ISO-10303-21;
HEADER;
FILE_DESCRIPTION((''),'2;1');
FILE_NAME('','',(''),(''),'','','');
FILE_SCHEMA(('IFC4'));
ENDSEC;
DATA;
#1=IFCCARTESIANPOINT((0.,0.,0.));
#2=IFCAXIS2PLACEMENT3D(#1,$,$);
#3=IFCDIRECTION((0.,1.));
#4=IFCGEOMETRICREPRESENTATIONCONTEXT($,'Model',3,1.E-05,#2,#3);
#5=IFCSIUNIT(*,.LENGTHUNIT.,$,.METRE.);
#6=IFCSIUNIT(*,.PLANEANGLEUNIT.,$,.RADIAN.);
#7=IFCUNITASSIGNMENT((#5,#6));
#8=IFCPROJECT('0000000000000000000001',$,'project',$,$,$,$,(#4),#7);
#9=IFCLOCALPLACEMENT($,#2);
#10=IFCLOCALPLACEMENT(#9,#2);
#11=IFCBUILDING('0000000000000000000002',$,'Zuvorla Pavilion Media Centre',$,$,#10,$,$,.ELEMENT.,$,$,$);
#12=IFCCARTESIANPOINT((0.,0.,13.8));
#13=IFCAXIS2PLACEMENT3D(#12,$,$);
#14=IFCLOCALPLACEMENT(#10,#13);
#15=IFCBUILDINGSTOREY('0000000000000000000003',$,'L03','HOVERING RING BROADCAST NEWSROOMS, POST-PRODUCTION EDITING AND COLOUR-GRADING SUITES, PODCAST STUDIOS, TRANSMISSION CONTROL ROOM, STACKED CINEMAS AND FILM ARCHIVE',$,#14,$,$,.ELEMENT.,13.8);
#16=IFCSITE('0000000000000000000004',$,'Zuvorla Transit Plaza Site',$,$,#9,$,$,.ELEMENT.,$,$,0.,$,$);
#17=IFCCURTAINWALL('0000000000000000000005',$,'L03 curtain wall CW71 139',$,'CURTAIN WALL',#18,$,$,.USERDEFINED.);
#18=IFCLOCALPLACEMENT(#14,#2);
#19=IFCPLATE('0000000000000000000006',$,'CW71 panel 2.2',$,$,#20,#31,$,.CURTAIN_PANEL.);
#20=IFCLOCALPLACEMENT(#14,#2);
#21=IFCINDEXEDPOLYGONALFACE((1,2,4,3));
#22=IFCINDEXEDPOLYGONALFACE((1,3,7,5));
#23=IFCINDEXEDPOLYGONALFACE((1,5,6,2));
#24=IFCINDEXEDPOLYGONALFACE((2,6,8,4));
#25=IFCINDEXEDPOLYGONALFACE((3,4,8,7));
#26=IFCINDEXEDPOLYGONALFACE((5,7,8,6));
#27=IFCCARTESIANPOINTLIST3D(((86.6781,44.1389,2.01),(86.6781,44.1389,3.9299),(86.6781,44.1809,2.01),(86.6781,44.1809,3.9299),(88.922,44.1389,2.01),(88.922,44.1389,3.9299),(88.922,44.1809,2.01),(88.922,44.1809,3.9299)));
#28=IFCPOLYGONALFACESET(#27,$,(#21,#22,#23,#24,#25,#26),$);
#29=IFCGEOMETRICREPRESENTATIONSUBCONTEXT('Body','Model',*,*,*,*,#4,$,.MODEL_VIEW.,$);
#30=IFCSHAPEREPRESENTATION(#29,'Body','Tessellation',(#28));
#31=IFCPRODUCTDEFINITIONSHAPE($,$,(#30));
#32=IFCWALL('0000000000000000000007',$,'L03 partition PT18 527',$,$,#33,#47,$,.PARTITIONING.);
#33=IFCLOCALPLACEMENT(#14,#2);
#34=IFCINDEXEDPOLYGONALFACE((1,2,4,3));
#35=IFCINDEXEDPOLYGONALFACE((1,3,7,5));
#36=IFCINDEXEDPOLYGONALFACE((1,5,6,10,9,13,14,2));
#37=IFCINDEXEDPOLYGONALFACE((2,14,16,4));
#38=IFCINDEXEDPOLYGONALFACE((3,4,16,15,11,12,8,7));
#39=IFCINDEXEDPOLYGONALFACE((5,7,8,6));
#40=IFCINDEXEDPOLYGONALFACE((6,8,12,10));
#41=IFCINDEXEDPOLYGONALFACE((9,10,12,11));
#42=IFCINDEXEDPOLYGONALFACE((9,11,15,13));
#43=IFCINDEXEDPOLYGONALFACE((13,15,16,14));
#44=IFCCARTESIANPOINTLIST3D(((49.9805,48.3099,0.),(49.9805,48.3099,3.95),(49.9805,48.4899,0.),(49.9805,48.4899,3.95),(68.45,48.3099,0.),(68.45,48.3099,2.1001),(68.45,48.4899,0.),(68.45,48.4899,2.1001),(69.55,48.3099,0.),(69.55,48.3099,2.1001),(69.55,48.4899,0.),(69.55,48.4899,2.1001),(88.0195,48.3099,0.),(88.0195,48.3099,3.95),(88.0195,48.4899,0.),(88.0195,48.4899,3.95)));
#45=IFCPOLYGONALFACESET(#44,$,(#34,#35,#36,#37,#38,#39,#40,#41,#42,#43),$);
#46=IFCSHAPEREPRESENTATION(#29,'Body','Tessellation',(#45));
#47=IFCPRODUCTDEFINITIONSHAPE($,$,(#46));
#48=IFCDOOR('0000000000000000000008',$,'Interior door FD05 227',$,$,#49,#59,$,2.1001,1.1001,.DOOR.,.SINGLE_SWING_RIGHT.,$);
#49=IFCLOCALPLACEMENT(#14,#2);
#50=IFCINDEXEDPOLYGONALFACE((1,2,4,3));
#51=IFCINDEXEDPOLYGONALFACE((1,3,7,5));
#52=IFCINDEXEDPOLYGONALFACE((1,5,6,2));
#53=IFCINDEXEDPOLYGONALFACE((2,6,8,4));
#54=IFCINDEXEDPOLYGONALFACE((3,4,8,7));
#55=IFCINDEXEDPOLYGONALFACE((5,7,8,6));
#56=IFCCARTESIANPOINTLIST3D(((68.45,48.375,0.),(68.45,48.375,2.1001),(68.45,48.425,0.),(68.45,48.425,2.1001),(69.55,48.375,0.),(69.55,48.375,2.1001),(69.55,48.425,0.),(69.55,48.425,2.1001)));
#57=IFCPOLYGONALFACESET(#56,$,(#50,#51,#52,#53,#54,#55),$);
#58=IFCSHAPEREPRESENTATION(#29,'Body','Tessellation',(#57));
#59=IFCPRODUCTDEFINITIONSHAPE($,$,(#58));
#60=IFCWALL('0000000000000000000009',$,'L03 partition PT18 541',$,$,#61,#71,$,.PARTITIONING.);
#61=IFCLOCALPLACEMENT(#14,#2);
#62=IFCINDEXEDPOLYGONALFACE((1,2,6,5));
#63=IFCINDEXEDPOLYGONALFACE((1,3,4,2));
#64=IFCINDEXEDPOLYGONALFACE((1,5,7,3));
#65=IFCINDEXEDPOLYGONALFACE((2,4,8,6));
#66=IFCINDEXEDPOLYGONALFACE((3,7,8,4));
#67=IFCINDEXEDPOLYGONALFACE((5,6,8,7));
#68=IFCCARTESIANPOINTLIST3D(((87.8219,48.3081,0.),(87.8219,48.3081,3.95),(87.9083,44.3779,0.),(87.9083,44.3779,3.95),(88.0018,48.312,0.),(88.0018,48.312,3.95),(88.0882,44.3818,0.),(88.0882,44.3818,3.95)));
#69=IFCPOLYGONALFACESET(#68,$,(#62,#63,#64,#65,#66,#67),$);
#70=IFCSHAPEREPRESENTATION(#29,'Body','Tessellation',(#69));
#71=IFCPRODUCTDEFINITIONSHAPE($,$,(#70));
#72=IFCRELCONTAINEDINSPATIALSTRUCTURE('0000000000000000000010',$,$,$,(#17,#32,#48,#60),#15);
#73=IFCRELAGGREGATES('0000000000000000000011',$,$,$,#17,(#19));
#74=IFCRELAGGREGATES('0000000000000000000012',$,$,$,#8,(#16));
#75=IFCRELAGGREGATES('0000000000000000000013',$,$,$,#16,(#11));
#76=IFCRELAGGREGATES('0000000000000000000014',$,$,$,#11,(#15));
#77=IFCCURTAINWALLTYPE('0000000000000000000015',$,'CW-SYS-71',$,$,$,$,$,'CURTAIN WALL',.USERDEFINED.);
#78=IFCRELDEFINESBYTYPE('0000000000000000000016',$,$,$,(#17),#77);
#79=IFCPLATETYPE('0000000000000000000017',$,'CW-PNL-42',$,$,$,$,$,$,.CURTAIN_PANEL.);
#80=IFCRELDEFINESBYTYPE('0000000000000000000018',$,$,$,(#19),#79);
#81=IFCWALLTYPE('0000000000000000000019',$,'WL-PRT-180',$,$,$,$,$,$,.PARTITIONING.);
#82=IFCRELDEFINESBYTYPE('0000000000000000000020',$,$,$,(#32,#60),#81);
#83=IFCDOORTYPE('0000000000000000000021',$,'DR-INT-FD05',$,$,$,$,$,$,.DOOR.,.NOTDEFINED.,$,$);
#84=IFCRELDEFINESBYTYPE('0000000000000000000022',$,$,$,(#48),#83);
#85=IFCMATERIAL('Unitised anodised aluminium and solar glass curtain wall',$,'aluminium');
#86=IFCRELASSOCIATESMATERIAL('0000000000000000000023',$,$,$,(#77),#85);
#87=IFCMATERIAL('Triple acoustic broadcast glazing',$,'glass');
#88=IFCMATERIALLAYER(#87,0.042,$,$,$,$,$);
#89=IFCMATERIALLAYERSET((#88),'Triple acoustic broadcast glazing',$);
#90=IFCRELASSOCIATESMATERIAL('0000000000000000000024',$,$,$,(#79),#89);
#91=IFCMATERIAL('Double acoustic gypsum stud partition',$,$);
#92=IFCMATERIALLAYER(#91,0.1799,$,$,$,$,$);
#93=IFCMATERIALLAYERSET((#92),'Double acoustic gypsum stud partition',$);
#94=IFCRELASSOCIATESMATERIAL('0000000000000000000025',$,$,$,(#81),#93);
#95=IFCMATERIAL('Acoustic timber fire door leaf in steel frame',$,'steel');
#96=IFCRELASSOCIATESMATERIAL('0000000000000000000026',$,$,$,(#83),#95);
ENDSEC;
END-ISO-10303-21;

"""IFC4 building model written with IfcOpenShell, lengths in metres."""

from ifc_helpers import new_model, si_unit, direction, frame, frame_2d, origin, origin_2d, place, context, subcontext, project, spatial, rectangle, extrude, material, layer, layer_set, type_object, element, fill, aggregate, save


model = new_model("IFC4")

# Units and contexts
model_context = context("Model", 3, precision=1e-05, world=origin(), true_north=direction((0.0, 1.0)))
body_context = subcontext(model_context, "Body", "Model", "MODEL_VIEW")
ifc_project = project(units=[si_unit("LENGTHUNIT", "METRE"), si_unit("PLANEANGLEUNIT", "RADIAN")], contexts=[model_context])

# Site, building, storey
site_placement = place(None, origin())
site = spatial("IfcSite", under=ifc_project, at=site_placement, Name="Zuvorla Transit Plaza Site", CompositionType="ELEMENT", RefElevation=0.0)
building_placement = place(site_placement, origin())
building = spatial("IfcBuilding", under=site, at=building_placement, Name="Zuvorla Pavilion Media Centre", CompositionType="ELEMENT")
storey_placement = place(building_placement, frame((0.0, 0.0, 13.8)))
storey = spatial("IfcBuildingStorey", under=building, at=storey_placement, Name="L03", Description="HOVERING RING BROADCAST NEWSROOMS, POST-PRODUCTION EDITING AND COLOUR-GRADING SUITES, PODCAST STUDIOS, TRANSMISSION CONTROL ROOM, STACKED CINEMAS AND FILM ARCHIVE", CompositionType="ELEMENT", Elevation=13.8)

# Curtain wall
ifc_material_1 = material(Name="Unitised anodised aluminium and solar glass curtain wall", Category="aluminium")
curtain_wall_type_1 = type_object("IfcCurtainWallType", Name="CW-SYS-71", ElementType="CURTAIN WALL", PredefinedType="USERDEFINED", material=ifc_material_1)
curtain_wall_1_placement = place(storey_placement, origin())
curtain_wall_1 = element("IfcCurtainWall", 1, at=curtain_wall_1_placement, inside=storey, type_object=curtain_wall_type_1, Name="L03 curtain wall CW71 139", ObjectType="CURTAIN WALL", PredefinedType="USERDEFINED")

# Plate
ifc_material_2 = material(Name="Triple acoustic broadcast glazing", Category="glass")
ifc_layer_1 = layer(ifc_material_2, 0.042)
ifc_layer_set_1 = layer_set([ifc_layer_1], Name="Triple acoustic broadcast glazing")
plate_type_1 = type_object("IfcPlateType", Name="CW-PNL-42", PredefinedType="CURTAIN_PANEL", material=ifc_layer_set_1)
plate_1_placement = place(storey_placement, frame((87.8, 44.1599, 2.01), z_axis=(0.0, 0.0, 1.0), x_axis=(1.0, 0.0, 0.0)))
plate_1 = element("IfcPlate", 2, at=plate_1_placement, type_object=plate_type_1, Name="CW71 panel 2.2", PredefinedType="CURTAIN_PANEL", context=body_context, shape_type="SweptSolid", body=[
    extrude(rectangle(XDim=2.2439, YDim=0.042, at=origin_2d()), origin(), (0.0, 0.0, 1.0), 1.9199),
])
aggregate(curtain_wall_1, [plate_1])

# Wall, opening, door
ifc_material_3 = material(Name="Double acoustic gypsum stud partition")
ifc_layer_2 = layer(ifc_material_3, 0.1799)
ifc_layer_set_2 = layer_set([ifc_layer_2], Name="Double acoustic gypsum stud partition")
wall_type = type_object("IfcWallType", Name="WL-PRT-180", PredefinedType="PARTITIONING", material=ifc_layer_set_2)
wall_1_placement = place(storey_placement, frame((88.0195, 48.3999, 0.0), z_axis=(0.0, 0.0, 1.0), x_axis=(-1.0, 0.0, 0.0)))
wall_1 = element("IfcWall", 3, at=wall_1_placement, inside=storey, type_object=wall_type, Name="L03 partition PT18 527", PredefinedType="PARTITIONING", context=body_context, shape_type="SweptSolid", body=[
    extrude(rectangle(XDim=38.0391, YDim=0.1799, at=frame_2d((19.0195, 0.0))), origin(), (0.0, 0.0, 1.0), 3.95),
])
opening_placement = place(wall_1_placement, frame((18.4695, 0.0, 0.0)))
opening = element("IfcOpeningElement", 4, at=opening_placement, cuts=wall_1, PredefinedType="OPENING", context=body_context, shape_type="SweptSolid", body=[
    extrude(rectangle(XDim=1.1001, YDim=2.1001, at=frame_2d((0.55, 1.05))), frame((0.0, 0.0999, 0.0), z_axis=(0.0, -1.0, 0.0), x_axis=(1.0, 0.0, 0.0)), (0.0, 0.0, 1.0), 0.2),
])
ifc_material_4 = material(Name="Acoustic timber fire door leaf in steel frame", Category="steel")
door_type = type_object("IfcDoorType", Name="DR-INT-FD05", OperationType="NOTDEFINED", PredefinedType="DOOR", material=ifc_material_4)
door_placement = place(opening_placement, origin())
door = element("IfcDoor", 5, at=door_placement, inside=storey, type_object=door_type, Name="Interior door FD05 227", OperationType="SINGLE_SWING_RIGHT", OverallHeight=2.1001, OverallWidth=1.1001, PredefinedType="DOOR", context=body_context, shape_type="SweptSolid", body=[
    extrude(rectangle(XDim=1.1001, YDim=2.1001, at=frame_2d((0.55, 1.05))), frame((0.0, 0.0249, 0.0), z_axis=(0.0, -1.0, 0.0), x_axis=(1.0, 0.0, 0.0)), (0.0, 0.0, 1.0), 0.05),
])
fill(opening, door)

# Wall
wall_2_placement = place(storey_placement, frame((87.9119, 48.3101, 0.0), z_axis=(0.0, 0.0, 1.0), x_axis=(0.021985, -0.999758, 0.0)))
element("IfcWall", 6, at=wall_2_placement, inside=storey, type_object=wall_type, Name="L03 partition PT18 541", PredefinedType="PARTITIONING", context=body_context, shape_type="SweptSolid", body=[
    extrude(rectangle(XDim=3.9312, YDim=0.1799, at=frame_2d((1.9656, 0.0))), origin(), (0.0, 0.0, 1.0), 3.95),
])

save(model, "model.ifc")
